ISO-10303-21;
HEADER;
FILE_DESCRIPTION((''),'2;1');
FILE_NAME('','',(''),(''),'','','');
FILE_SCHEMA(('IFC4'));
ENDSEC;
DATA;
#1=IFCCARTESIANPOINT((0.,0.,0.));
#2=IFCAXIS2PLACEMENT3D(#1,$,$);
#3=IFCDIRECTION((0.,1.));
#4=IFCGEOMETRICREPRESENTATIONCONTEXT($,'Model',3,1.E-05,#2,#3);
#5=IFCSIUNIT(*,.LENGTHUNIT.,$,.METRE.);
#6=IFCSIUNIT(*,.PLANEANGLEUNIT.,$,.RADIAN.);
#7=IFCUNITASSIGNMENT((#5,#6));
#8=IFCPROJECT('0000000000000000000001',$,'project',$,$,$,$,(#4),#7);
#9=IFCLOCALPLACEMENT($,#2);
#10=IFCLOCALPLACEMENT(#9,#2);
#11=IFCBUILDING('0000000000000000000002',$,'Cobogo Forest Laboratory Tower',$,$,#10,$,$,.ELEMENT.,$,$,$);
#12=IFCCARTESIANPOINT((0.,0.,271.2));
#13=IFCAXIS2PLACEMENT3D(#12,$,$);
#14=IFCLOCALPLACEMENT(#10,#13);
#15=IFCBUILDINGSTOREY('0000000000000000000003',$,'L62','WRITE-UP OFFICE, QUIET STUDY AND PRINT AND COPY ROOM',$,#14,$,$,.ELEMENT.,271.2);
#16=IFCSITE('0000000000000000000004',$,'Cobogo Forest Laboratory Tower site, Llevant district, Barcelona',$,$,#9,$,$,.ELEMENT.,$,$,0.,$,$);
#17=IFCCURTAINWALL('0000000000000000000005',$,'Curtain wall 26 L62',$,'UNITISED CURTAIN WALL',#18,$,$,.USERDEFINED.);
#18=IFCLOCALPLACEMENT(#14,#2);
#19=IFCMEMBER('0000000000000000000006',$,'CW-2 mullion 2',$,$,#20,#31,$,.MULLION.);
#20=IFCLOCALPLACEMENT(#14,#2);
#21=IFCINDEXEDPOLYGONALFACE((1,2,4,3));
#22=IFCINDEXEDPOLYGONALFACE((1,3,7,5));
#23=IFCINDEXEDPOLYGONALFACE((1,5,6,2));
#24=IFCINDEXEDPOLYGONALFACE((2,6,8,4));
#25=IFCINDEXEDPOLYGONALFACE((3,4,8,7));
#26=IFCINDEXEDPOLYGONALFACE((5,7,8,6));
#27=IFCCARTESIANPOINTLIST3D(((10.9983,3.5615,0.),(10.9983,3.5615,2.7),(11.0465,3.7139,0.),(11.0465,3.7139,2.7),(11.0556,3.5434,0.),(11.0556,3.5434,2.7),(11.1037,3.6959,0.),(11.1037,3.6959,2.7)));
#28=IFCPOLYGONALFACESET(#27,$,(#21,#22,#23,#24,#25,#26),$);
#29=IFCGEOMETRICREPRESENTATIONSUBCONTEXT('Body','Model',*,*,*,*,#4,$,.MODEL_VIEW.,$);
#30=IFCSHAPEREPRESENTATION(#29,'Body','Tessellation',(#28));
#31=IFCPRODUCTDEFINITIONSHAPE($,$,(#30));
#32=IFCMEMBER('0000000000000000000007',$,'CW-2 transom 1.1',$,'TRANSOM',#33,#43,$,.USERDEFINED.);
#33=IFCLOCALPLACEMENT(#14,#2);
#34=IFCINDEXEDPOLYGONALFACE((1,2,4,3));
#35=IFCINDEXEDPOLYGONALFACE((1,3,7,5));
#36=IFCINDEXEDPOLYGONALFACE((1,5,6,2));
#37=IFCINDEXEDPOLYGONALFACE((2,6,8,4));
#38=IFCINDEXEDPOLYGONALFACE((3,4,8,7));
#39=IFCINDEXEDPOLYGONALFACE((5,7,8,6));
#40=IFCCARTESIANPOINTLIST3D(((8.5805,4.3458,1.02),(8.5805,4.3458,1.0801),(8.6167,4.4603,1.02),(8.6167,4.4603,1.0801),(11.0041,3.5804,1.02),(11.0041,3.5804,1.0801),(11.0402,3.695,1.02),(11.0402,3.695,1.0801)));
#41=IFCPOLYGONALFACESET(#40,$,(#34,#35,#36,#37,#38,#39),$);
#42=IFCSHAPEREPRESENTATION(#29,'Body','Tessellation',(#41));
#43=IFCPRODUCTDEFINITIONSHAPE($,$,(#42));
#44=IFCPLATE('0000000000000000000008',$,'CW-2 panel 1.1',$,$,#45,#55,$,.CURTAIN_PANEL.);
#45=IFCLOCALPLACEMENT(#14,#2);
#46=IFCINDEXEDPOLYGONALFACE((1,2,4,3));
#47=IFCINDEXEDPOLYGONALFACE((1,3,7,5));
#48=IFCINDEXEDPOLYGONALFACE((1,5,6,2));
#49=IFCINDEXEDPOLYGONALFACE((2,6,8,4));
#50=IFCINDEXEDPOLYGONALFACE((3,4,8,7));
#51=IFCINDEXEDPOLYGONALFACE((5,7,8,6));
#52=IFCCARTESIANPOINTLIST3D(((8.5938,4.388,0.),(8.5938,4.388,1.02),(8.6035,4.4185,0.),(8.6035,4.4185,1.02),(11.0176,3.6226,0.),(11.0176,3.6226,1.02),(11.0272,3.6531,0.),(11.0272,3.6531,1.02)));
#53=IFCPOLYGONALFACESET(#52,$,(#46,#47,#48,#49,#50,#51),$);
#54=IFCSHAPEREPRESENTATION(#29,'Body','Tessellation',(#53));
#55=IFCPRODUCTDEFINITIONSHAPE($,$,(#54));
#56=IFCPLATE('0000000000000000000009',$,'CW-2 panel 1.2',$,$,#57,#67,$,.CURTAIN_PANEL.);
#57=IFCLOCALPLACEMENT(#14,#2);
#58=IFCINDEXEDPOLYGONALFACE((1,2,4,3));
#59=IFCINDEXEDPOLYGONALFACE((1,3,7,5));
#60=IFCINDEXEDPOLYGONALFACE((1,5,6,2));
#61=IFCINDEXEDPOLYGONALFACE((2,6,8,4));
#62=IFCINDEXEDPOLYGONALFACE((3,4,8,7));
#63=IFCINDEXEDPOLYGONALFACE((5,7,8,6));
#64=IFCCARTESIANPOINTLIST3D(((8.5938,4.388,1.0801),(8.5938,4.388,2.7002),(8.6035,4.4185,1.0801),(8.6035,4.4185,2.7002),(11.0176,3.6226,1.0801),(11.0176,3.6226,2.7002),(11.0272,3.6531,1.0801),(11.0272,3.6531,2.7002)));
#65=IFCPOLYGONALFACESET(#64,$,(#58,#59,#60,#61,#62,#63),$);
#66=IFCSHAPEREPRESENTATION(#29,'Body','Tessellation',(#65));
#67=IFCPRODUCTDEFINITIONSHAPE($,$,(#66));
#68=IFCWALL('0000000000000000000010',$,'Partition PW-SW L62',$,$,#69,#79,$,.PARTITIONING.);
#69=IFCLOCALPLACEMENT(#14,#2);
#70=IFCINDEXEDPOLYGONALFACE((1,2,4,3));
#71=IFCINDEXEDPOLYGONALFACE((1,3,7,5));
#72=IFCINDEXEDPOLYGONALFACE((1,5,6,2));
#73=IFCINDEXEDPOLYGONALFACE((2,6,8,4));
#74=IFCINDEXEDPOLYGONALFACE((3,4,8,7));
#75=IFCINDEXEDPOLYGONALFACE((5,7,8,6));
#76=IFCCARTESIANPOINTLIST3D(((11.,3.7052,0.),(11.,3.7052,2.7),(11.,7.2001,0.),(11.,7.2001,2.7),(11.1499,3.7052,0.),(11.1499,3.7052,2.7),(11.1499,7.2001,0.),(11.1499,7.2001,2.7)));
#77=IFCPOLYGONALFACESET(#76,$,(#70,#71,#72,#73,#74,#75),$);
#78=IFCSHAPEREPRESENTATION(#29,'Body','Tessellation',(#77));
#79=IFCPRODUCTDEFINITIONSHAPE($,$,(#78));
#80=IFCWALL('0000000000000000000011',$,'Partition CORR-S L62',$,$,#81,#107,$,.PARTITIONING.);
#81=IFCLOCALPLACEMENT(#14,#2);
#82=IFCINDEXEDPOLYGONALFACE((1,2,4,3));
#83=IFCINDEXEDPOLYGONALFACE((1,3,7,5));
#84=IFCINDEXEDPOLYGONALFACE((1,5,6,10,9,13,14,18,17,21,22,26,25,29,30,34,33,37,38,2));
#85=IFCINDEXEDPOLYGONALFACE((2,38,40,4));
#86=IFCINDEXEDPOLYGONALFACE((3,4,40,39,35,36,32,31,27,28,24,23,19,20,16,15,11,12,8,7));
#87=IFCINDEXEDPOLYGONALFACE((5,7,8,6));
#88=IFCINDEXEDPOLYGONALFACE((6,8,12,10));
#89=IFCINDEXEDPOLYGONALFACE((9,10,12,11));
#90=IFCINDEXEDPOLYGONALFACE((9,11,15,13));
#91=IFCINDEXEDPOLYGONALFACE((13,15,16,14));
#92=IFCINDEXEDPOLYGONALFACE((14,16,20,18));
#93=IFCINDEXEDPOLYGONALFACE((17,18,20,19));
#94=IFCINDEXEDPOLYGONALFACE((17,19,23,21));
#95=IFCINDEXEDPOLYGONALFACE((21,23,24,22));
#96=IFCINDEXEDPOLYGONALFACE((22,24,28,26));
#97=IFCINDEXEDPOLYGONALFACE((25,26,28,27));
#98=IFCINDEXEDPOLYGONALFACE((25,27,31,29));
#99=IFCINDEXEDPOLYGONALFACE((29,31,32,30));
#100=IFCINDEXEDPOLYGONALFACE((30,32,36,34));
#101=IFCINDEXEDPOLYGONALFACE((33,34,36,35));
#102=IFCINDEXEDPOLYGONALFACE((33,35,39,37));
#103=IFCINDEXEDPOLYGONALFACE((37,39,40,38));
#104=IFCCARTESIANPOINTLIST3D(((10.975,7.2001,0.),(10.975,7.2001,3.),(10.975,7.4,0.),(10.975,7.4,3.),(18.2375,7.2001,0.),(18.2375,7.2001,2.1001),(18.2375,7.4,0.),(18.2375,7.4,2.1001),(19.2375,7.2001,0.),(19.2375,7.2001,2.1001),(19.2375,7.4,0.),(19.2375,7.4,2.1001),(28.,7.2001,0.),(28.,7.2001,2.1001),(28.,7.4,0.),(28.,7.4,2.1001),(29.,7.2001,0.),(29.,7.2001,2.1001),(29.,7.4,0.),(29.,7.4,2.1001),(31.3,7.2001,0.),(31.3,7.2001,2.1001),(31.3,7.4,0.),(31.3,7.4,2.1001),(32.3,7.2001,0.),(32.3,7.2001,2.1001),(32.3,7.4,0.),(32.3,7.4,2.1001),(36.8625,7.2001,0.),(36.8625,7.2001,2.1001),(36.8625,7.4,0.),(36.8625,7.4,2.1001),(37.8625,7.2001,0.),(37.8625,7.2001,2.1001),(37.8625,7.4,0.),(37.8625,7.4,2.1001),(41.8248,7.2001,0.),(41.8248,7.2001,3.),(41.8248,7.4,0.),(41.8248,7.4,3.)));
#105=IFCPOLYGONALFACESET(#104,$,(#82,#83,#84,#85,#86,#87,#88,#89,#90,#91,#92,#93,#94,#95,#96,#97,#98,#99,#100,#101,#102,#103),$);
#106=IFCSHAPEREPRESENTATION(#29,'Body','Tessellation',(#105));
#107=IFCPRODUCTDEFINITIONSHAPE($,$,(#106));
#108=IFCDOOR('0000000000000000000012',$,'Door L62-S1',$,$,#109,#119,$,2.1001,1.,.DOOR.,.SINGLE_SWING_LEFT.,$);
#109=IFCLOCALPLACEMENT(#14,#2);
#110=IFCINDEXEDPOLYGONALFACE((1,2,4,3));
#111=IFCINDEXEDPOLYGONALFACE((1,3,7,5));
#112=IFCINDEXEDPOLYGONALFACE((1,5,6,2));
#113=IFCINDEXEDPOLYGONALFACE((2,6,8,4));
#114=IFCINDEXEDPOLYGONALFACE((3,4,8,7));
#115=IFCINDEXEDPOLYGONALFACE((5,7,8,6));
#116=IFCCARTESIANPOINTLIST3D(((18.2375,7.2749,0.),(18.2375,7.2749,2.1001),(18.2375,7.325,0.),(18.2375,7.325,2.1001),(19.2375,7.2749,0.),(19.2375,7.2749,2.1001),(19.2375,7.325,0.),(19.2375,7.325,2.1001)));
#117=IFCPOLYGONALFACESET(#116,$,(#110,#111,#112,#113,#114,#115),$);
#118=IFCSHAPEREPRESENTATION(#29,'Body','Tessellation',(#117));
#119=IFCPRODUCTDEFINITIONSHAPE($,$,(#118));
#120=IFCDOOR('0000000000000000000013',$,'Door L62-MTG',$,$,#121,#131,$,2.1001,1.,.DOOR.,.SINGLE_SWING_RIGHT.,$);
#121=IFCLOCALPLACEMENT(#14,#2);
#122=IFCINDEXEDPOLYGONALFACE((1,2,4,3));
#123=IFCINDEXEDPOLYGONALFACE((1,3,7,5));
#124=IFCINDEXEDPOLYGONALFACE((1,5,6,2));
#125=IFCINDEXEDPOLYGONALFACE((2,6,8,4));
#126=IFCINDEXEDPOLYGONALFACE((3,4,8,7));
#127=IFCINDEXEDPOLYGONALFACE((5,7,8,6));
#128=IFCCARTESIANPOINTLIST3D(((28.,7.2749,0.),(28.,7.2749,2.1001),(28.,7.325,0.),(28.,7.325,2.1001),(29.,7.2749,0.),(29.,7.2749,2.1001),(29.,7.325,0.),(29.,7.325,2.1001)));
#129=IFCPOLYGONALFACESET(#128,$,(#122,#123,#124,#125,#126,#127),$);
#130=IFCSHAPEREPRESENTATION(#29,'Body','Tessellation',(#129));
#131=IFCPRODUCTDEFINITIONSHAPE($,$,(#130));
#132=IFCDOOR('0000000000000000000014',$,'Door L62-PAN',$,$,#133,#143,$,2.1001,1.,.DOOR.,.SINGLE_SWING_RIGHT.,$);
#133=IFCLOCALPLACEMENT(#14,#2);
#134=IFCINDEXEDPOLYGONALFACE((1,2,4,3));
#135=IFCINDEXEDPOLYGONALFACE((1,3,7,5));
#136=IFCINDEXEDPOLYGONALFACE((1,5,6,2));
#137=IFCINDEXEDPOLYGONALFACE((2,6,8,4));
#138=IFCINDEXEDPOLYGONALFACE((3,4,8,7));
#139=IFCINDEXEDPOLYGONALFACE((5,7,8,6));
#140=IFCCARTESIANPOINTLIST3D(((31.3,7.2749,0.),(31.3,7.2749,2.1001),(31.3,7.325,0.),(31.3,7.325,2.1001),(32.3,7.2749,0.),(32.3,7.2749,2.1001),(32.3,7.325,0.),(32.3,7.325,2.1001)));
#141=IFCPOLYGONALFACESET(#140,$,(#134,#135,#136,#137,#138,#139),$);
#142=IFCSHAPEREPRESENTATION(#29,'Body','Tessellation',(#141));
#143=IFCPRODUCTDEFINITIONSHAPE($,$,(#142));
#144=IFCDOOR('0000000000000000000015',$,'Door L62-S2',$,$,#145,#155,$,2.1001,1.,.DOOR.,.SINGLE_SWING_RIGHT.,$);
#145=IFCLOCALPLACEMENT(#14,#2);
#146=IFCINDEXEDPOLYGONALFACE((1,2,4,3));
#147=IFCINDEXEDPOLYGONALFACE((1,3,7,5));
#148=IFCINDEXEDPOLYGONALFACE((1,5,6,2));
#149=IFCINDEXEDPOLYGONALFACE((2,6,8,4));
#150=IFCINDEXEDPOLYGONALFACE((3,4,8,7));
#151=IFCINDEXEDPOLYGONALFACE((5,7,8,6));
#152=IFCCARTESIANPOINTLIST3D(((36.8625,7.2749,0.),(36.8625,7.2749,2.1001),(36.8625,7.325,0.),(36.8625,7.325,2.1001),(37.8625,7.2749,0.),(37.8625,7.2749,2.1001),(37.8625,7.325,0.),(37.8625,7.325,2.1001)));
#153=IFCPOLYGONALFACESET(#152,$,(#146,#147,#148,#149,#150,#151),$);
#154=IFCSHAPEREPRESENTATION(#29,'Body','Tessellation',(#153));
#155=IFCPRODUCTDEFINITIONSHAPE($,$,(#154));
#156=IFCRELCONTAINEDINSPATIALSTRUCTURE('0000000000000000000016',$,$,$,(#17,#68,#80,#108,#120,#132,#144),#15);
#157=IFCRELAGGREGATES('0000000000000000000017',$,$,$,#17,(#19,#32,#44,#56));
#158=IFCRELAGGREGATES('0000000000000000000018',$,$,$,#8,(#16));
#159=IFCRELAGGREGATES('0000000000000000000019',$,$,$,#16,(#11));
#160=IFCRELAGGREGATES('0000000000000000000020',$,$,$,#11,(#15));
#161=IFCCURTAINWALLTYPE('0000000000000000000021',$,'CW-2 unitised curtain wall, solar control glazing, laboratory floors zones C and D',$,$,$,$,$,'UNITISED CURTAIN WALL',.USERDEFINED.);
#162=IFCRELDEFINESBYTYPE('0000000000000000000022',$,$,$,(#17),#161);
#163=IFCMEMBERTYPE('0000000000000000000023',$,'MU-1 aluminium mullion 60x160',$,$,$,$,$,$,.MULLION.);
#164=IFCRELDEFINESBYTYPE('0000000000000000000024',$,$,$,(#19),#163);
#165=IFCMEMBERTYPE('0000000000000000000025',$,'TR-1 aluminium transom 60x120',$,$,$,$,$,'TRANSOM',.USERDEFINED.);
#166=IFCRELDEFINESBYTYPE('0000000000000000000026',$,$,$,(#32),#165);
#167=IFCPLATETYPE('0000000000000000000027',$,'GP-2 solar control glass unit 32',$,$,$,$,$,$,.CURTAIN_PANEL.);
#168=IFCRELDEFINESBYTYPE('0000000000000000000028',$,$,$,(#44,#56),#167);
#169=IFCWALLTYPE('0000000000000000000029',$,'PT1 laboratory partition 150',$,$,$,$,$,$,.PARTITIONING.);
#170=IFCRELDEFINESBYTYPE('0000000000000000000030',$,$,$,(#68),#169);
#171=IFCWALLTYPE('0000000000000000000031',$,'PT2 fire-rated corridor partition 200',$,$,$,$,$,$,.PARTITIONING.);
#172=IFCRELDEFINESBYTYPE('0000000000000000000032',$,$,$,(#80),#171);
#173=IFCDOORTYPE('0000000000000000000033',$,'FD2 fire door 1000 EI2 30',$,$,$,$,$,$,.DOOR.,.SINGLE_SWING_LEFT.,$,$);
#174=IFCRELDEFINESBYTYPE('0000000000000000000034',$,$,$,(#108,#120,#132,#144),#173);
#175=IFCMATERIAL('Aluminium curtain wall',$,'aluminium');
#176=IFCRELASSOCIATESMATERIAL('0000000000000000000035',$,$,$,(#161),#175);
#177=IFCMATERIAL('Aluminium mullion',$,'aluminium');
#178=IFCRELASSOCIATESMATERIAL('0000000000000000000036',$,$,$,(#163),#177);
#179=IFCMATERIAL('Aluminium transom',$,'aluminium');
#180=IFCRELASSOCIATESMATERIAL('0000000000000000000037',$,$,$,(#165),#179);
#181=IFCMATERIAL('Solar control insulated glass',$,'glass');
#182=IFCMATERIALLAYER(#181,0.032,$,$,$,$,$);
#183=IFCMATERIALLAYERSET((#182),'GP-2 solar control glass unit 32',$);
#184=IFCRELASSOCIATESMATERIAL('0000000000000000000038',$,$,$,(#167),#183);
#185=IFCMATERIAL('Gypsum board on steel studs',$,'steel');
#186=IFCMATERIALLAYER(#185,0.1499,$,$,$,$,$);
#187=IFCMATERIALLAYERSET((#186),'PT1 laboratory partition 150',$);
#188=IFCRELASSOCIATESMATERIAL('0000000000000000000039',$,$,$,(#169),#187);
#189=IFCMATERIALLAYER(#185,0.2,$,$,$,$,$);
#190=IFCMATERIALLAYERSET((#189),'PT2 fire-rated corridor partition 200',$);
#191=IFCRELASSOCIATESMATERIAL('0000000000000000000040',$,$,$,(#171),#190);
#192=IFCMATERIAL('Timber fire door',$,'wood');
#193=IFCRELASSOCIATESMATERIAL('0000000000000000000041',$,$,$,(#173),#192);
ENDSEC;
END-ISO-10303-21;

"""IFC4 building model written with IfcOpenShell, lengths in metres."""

from ifc_helpers import new_model, si_unit, direction, frame, frame_2d, origin, origin_2d, place, context, subcontext, project, spatial, rectangle, extrude, material, layer, layer_set, material_profile, profile_set, type_object, element, fill, aggregate, save


model = new_model("IFC4")

# Units and contexts
model_context = context("Model", 3, precision=1e-05, world=origin(), true_north=direction((0.0, 1.0)))
body_context = subcontext(model_context, "Body", "Model", "MODEL_VIEW")
ifc_project = project(units=[si_unit("LENGTHUNIT", "METRE"), si_unit("PLANEANGLEUNIT", "RADIAN")], contexts=[model_context])

# Site, building, storey
site_placement = place(None, origin())
site = spatial("IfcSite", under=ifc_project, at=site_placement, Name="Cobogo Forest Laboratory Tower site, Llevant district, Barcelona", CompositionType="ELEMENT", RefElevation=0.0)
building_placement = place(site_placement, origin())
building = spatial("IfcBuilding", under=site, at=building_placement, Name="Cobogo Forest Laboratory Tower", CompositionType="ELEMENT")
storey_placement = place(building_placement, frame((0.0, 0.0, 271.2)))
storey = spatial("IfcBuildingStorey", under=building, at=storey_placement, Name="L62", Description="WRITE-UP OFFICE, QUIET STUDY AND PRINT AND COPY ROOM", CompositionType="ELEMENT", Elevation=271.2)

# Curtain wall, members, plates
ifc_material_1 = material(Name="Aluminium curtain wall", Category="aluminium")
curtain_wall_type = type_object("IfcCurtainWallType", Name="CW-2 unitised curtain wall, solar control glazing, laboratory floors zones C and D", ElementType="UNITISED CURTAIN WALL", PredefinedType="USERDEFINED", material=ifc_material_1)
curtain_wall_placement = place(storey_placement, origin())
curtain_wall = element("IfcCurtainWall", 1, at=curtain_wall_placement, inside=storey, type_object=curtain_wall_type, Name="Curtain wall 26 L62", ObjectType="UNITISED CURTAIN WALL", PredefinedType="USERDEFINED")
ifc_material_2 = material(Name="Aluminium mullion", Category="aluminium")
ifc_material_profile_1 = material_profile(ifc_material_2, rectangle(XDim=0.0601, YDim=0.1599, at=origin_2d()), Name="AL 60x160")
ifc_profile_set_1 = profile_set([ifc_material_profile_1], Name="Aluminium mullion")
member_type_1 = type_object("IfcMemberType", Name="MU-1 aluminium mullion 60x160", PredefinedType="MULLION", material=ifc_profile_set_1)
member_1_placement = place(storey_placement, frame((11.051, 3.6287, 0.0), z_axis=(0.0, 0.0, 1.0), x_axis=(0.953581, -0.301135, 0.0)))
member_1 = element("IfcMember", 2, at=member_1_placement, type_object=member_type_1, Name="CW-2 mullion 2", PredefinedType="MULLION", context=body_context, shape_type="SweptSolid", body=[
    extrude(rectangle(XDim=0.0601, YDim=0.1599, at=origin_2d()), origin(), (0.0, 0.0, 1.0), 2.7),
])
ifc_material_3 = material(Name="Aluminium transom", Category="aluminium")
ifc_material_profile_2 = material_profile(ifc_material_3, rectangle(XDim=0.1201, YDim=0.0601, at=origin_2d()), Name="AL 60x120")
ifc_profile_set_2 = profile_set([ifc_material_profile_2], Name="Aluminium transom")
member_type_2 = type_object("IfcMemberType", Name="TR-1 aluminium transom 60x120", ElementType="TRANSOM", PredefinedType="USERDEFINED", material=ifc_profile_set_2)
member_2_placement = place(storey_placement, frame((8.5986, 4.4031, 1.05), z_axis=(0.953578, -0.301145, 0.0), x_axis=(0.301145, 0.953578, 0.0)))
member_2 = element("IfcMember", 3, at=member_2_placement, type_object=member_type_2, Name="CW-2 transom 1.1", ObjectType="TRANSOM", PredefinedType="USERDEFINED", context=body_context, shape_type="SweptSolid", body=[
    extrude(rectangle(XDim=0.1201, YDim=0.0601, at=origin_2d()), origin(), (0.0, 0.0, 1.0), 2.5415),
])
ifc_material_4 = material(Name="Solar control insulated glass", Category="glass")
ifc_layer_1 = layer(ifc_material_4, 0.032)
ifc_layer_set_1 = layer_set([ifc_layer_1], Name="GP-2 solar control glass unit 32")
plate_type = type_object("IfcPlateType", Name="GP-2 solar control glass unit 32", PredefinedType="CURTAIN_PANEL", material=ifc_layer_set_1)
plate_1_placement = place(storey_placement, frame((9.8105, 4.0205, 0.0), z_axis=(0.0, 0.0, 1.0), x_axis=(0.953581, -0.301135, 0.0)))
plate_1 = element("IfcPlate", 4, at=plate_1_placement, type_object=plate_type, Name="CW-2 panel 1.1", PredefinedType="CURTAIN_PANEL", context=body_context, shape_type="SweptSolid", body=[
    extrude(rectangle(XDim=2.5417, YDim=0.032, at=origin_2d()), origin(), (0.0, 0.0, 1.0), 1.02),
])
plate_2_placement = place(storey_placement, frame((9.8105, 4.0205, 1.0801), z_axis=(0.0, 0.0, 1.0), x_axis=(0.953581, -0.301135, 0.0)))
plate_2 = element("IfcPlate", 5, at=plate_2_placement, type_object=plate_type, Name="CW-2 panel 1.2", PredefinedType="CURTAIN_PANEL", context=body_context, shape_type="SweptSolid", body=[
    extrude(rectangle(XDim=2.5417, YDim=0.032, at=origin_2d()), origin(), (0.0, 0.0, 1.0), 1.6201),
])
aggregate(curtain_wall, [member_1, member_2, plate_1, plate_2])

# Wall
ifc_material_5 = material(Name="Gypsum board on steel studs", Category="steel")
ifc_layer_2 = layer(ifc_material_5, 0.1499)
ifc_layer_set_2 = layer_set([ifc_layer_2], Name="PT1 laboratory partition 150")
wall_type_1 = type_object("IfcWallType", Name="PT1 laboratory partition 150", PredefinedType="PARTITIONING", material=ifc_layer_set_2)
wall_1_placement = place(storey_placement, frame((11.075, 3.7051, 0.0), z_axis=(0.0, 0.0, 1.0), x_axis=(0.0, 1.0, 0.0)))
element("IfcWall", 6, at=wall_1_placement, inside=storey, type_object=wall_type_1, Name="Partition PW-SW L62", PredefinedType="PARTITIONING", context=body_context, shape_type="SweptSolid", body=[
    extrude(rectangle(XDim=3.4949, YDim=0.1499, at=frame_2d((1.7476, 0.0))), origin(), (0.0, 0.0, 1.0), 2.7),
])

# Wall, openings, doors
ifc_layer_3 = layer(ifc_material_5, 0.2)
ifc_layer_set_3 = layer_set([ifc_layer_3], Name="PT2 fire-rated corridor partition 200")
wall_type_2 = type_object("IfcWallType", Name="PT2 fire-rated corridor partition 200", PredefinedType="PARTITIONING", material=ifc_layer_set_3)
wall_2_placement = place(storey_placement, frame((10.9751, 7.3, 0.0), z_axis=(0.0, 0.0, 1.0), x_axis=(1.0, 0.0, 0.0)))
wall_2 = element("IfcWall", 7, at=wall_2_placement, inside=storey, type_object=wall_type_2, Name="Partition CORR-S L62", PredefinedType="PARTITIONING", context=body_context, shape_type="SweptSolid", body=[
    extrude(rectangle(XDim=30.8499, YDim=0.2, at=frame_2d((15.4248, 0.0))), origin(), (0.0, 0.0, 1.0), 3.0),
])
opening_1_placement = place(wall_2_placement, frame((7.2625, 0.0, 0.0)))
opening_1 = element("IfcOpeningElement", 8, at=opening_1_placement, cuts=wall_2, PredefinedType="OPENING", context=body_context, shape_type="SweptSolid", body=[
    extrude(rectangle(XDim=1.0, YDim=2.1001, at=frame_2d((0.5, 1.05))), frame((0.0, 0.1099, 0.0), z_axis=(0.0, -1.0, 0.0), x_axis=(1.0, 0.0, 0.0)), (0.0, 0.0, 1.0), 0.22),
])
opening_2_placement = place(wall_2_placement, frame((17.0249, 0.0, 0.0)))
opening_2 = element("IfcOpeningElement", 9, at=opening_2_placement, cuts=wall_2, PredefinedType="OPENING", context=body_context, shape_type="SweptSolid", body=[
    extrude(rectangle(XDim=1.0, YDim=2.1001, at=frame_2d((0.5, 1.05))), frame((0.0, 0.1099, 0.0), z_axis=(0.0, -1.0, 0.0), x_axis=(1.0, 0.0, 0.0)), (0.0, 0.0, 1.0), 0.22),
])
opening_3_placement = place(wall_2_placement, frame((20.325, 0.0, 0.0)))
opening_3 = element("IfcOpeningElement", 10, at=opening_3_placement, cuts=wall_2, PredefinedType="OPENING", context=body_context, shape_type="SweptSolid", body=[
    extrude(rectangle(XDim=1.0, YDim=2.1001, at=frame_2d((0.5, 1.05))), frame((0.0, 0.1099, 0.0), z_axis=(0.0, -1.0, 0.0), x_axis=(1.0, 0.0, 0.0)), (0.0, 0.0, 1.0), 0.22),
])
opening_4_placement = place(wall_2_placement, frame((25.8875, 0.0, 0.0)))
opening_4 = element("IfcOpeningElement", 11, at=opening_4_placement, cuts=wall_2, PredefinedType="OPENING", context=body_context, shape_type="SweptSolid", body=[
    extrude(rectangle(XDim=1.0, YDim=2.1001, at=frame_2d((0.5, 1.05))), frame((0.0, 0.1099, 0.0), z_axis=(0.0, -1.0, 0.0), x_axis=(1.0, 0.0, 0.0)), (0.0, 0.0, 1.0), 0.22),
])
ifc_material_6 = material(Name="Timber fire door", Category="wood")
door_type = type_object("IfcDoorType", Name="FD2 fire door 1000 EI2 30", OperationType="SINGLE_SWING_LEFT", PredefinedType="DOOR", material=ifc_material_6)
door_1_placement = place(opening_1_placement, origin())
door_1 = element("IfcDoor", 12, at=door_1_placement, inside=storey, type_object=door_type, Name="Door L62-S1", OperationType="SINGLE_SWING_LEFT", OverallHeight=2.1001, OverallWidth=1.0, PredefinedType="DOOR", context=body_context, shape_type="SweptSolid", body=[
    extrude(rectangle(XDim=1.0, YDim=2.1001, at=frame_2d((0.5, 1.05))), frame((0.0, 0.0249, 0.0), z_axis=(0.0, -1.0, 0.0), x_axis=(1.0, 0.0, 0.0)), (0.0, 0.0, 1.0), 0.05),
])
fill(opening_1, door_1)
door_2_placement = place(opening_2_placement, origin())
door_2 = element("IfcDoor", 13, at=door_2_placement, inside=storey, type_object=door_type, Name="Door L62-MTG", OperationType="SINGLE_SWING_RIGHT", OverallHeight=2.1001, OverallWidth=1.0, PredefinedType="DOOR", context=body_context, shape_type="SweptSolid", body=[
    extrude(rectangle(XDim=1.0, YDim=2.1001, at=frame_2d((0.5, 1.05))), frame((0.0, 0.0249, 0.0), z_axis=(0.0, -1.0, 0.0), x_axis=(1.0, 0.0, 0.0)), (0.0, 0.0, 1.0), 0.05),
])
fill(opening_2, door_2)
door_3_placement = place(opening_3_placement, origin())
door_3 = element("IfcDoor", 14, at=door_3_placement, inside=storey, type_object=door_type, Name="Door L62-PAN", OperationType="SINGLE_SWING_RIGHT", OverallHeight=2.1001, OverallWidth=1.0, PredefinedType="DOOR", context=body_context, shape_type="SweptSolid", body=[
    extrude(rectangle(XDim=1.0, YDim=2.1001, at=frame_2d((0.5, 1.05))), frame((0.0, 0.0249, 0.0), z_axis=(0.0, -1.0, 0.0), x_axis=(1.0, 0.0, 0.0)), (0.0, 0.0, 1.0), 0.05),
])
fill(opening_3, door_3)
door_4_placement = place(opening_4_placement, origin())
door_4 = element("IfcDoor", 15, at=door_4_placement, inside=storey, type_object=door_type, Name="Door L62-S2", OperationType="SINGLE_SWING_RIGHT", OverallHeight=2.1001, OverallWidth=1.0, PredefinedType="DOOR", context=body_context, shape_type="SweptSolid", body=[
    extrude(rectangle(XDim=1.0, YDim=2.1001, at=frame_2d((0.5, 1.05))), frame((0.0, 0.0249, 0.0), z_axis=(0.0, -1.0, 0.0), x_axis=(1.0, 0.0, 0.0)), (0.0, 0.0, 1.0), 0.05),
])
fill(opening_4, door_4)

save(model, "model.ifc")
